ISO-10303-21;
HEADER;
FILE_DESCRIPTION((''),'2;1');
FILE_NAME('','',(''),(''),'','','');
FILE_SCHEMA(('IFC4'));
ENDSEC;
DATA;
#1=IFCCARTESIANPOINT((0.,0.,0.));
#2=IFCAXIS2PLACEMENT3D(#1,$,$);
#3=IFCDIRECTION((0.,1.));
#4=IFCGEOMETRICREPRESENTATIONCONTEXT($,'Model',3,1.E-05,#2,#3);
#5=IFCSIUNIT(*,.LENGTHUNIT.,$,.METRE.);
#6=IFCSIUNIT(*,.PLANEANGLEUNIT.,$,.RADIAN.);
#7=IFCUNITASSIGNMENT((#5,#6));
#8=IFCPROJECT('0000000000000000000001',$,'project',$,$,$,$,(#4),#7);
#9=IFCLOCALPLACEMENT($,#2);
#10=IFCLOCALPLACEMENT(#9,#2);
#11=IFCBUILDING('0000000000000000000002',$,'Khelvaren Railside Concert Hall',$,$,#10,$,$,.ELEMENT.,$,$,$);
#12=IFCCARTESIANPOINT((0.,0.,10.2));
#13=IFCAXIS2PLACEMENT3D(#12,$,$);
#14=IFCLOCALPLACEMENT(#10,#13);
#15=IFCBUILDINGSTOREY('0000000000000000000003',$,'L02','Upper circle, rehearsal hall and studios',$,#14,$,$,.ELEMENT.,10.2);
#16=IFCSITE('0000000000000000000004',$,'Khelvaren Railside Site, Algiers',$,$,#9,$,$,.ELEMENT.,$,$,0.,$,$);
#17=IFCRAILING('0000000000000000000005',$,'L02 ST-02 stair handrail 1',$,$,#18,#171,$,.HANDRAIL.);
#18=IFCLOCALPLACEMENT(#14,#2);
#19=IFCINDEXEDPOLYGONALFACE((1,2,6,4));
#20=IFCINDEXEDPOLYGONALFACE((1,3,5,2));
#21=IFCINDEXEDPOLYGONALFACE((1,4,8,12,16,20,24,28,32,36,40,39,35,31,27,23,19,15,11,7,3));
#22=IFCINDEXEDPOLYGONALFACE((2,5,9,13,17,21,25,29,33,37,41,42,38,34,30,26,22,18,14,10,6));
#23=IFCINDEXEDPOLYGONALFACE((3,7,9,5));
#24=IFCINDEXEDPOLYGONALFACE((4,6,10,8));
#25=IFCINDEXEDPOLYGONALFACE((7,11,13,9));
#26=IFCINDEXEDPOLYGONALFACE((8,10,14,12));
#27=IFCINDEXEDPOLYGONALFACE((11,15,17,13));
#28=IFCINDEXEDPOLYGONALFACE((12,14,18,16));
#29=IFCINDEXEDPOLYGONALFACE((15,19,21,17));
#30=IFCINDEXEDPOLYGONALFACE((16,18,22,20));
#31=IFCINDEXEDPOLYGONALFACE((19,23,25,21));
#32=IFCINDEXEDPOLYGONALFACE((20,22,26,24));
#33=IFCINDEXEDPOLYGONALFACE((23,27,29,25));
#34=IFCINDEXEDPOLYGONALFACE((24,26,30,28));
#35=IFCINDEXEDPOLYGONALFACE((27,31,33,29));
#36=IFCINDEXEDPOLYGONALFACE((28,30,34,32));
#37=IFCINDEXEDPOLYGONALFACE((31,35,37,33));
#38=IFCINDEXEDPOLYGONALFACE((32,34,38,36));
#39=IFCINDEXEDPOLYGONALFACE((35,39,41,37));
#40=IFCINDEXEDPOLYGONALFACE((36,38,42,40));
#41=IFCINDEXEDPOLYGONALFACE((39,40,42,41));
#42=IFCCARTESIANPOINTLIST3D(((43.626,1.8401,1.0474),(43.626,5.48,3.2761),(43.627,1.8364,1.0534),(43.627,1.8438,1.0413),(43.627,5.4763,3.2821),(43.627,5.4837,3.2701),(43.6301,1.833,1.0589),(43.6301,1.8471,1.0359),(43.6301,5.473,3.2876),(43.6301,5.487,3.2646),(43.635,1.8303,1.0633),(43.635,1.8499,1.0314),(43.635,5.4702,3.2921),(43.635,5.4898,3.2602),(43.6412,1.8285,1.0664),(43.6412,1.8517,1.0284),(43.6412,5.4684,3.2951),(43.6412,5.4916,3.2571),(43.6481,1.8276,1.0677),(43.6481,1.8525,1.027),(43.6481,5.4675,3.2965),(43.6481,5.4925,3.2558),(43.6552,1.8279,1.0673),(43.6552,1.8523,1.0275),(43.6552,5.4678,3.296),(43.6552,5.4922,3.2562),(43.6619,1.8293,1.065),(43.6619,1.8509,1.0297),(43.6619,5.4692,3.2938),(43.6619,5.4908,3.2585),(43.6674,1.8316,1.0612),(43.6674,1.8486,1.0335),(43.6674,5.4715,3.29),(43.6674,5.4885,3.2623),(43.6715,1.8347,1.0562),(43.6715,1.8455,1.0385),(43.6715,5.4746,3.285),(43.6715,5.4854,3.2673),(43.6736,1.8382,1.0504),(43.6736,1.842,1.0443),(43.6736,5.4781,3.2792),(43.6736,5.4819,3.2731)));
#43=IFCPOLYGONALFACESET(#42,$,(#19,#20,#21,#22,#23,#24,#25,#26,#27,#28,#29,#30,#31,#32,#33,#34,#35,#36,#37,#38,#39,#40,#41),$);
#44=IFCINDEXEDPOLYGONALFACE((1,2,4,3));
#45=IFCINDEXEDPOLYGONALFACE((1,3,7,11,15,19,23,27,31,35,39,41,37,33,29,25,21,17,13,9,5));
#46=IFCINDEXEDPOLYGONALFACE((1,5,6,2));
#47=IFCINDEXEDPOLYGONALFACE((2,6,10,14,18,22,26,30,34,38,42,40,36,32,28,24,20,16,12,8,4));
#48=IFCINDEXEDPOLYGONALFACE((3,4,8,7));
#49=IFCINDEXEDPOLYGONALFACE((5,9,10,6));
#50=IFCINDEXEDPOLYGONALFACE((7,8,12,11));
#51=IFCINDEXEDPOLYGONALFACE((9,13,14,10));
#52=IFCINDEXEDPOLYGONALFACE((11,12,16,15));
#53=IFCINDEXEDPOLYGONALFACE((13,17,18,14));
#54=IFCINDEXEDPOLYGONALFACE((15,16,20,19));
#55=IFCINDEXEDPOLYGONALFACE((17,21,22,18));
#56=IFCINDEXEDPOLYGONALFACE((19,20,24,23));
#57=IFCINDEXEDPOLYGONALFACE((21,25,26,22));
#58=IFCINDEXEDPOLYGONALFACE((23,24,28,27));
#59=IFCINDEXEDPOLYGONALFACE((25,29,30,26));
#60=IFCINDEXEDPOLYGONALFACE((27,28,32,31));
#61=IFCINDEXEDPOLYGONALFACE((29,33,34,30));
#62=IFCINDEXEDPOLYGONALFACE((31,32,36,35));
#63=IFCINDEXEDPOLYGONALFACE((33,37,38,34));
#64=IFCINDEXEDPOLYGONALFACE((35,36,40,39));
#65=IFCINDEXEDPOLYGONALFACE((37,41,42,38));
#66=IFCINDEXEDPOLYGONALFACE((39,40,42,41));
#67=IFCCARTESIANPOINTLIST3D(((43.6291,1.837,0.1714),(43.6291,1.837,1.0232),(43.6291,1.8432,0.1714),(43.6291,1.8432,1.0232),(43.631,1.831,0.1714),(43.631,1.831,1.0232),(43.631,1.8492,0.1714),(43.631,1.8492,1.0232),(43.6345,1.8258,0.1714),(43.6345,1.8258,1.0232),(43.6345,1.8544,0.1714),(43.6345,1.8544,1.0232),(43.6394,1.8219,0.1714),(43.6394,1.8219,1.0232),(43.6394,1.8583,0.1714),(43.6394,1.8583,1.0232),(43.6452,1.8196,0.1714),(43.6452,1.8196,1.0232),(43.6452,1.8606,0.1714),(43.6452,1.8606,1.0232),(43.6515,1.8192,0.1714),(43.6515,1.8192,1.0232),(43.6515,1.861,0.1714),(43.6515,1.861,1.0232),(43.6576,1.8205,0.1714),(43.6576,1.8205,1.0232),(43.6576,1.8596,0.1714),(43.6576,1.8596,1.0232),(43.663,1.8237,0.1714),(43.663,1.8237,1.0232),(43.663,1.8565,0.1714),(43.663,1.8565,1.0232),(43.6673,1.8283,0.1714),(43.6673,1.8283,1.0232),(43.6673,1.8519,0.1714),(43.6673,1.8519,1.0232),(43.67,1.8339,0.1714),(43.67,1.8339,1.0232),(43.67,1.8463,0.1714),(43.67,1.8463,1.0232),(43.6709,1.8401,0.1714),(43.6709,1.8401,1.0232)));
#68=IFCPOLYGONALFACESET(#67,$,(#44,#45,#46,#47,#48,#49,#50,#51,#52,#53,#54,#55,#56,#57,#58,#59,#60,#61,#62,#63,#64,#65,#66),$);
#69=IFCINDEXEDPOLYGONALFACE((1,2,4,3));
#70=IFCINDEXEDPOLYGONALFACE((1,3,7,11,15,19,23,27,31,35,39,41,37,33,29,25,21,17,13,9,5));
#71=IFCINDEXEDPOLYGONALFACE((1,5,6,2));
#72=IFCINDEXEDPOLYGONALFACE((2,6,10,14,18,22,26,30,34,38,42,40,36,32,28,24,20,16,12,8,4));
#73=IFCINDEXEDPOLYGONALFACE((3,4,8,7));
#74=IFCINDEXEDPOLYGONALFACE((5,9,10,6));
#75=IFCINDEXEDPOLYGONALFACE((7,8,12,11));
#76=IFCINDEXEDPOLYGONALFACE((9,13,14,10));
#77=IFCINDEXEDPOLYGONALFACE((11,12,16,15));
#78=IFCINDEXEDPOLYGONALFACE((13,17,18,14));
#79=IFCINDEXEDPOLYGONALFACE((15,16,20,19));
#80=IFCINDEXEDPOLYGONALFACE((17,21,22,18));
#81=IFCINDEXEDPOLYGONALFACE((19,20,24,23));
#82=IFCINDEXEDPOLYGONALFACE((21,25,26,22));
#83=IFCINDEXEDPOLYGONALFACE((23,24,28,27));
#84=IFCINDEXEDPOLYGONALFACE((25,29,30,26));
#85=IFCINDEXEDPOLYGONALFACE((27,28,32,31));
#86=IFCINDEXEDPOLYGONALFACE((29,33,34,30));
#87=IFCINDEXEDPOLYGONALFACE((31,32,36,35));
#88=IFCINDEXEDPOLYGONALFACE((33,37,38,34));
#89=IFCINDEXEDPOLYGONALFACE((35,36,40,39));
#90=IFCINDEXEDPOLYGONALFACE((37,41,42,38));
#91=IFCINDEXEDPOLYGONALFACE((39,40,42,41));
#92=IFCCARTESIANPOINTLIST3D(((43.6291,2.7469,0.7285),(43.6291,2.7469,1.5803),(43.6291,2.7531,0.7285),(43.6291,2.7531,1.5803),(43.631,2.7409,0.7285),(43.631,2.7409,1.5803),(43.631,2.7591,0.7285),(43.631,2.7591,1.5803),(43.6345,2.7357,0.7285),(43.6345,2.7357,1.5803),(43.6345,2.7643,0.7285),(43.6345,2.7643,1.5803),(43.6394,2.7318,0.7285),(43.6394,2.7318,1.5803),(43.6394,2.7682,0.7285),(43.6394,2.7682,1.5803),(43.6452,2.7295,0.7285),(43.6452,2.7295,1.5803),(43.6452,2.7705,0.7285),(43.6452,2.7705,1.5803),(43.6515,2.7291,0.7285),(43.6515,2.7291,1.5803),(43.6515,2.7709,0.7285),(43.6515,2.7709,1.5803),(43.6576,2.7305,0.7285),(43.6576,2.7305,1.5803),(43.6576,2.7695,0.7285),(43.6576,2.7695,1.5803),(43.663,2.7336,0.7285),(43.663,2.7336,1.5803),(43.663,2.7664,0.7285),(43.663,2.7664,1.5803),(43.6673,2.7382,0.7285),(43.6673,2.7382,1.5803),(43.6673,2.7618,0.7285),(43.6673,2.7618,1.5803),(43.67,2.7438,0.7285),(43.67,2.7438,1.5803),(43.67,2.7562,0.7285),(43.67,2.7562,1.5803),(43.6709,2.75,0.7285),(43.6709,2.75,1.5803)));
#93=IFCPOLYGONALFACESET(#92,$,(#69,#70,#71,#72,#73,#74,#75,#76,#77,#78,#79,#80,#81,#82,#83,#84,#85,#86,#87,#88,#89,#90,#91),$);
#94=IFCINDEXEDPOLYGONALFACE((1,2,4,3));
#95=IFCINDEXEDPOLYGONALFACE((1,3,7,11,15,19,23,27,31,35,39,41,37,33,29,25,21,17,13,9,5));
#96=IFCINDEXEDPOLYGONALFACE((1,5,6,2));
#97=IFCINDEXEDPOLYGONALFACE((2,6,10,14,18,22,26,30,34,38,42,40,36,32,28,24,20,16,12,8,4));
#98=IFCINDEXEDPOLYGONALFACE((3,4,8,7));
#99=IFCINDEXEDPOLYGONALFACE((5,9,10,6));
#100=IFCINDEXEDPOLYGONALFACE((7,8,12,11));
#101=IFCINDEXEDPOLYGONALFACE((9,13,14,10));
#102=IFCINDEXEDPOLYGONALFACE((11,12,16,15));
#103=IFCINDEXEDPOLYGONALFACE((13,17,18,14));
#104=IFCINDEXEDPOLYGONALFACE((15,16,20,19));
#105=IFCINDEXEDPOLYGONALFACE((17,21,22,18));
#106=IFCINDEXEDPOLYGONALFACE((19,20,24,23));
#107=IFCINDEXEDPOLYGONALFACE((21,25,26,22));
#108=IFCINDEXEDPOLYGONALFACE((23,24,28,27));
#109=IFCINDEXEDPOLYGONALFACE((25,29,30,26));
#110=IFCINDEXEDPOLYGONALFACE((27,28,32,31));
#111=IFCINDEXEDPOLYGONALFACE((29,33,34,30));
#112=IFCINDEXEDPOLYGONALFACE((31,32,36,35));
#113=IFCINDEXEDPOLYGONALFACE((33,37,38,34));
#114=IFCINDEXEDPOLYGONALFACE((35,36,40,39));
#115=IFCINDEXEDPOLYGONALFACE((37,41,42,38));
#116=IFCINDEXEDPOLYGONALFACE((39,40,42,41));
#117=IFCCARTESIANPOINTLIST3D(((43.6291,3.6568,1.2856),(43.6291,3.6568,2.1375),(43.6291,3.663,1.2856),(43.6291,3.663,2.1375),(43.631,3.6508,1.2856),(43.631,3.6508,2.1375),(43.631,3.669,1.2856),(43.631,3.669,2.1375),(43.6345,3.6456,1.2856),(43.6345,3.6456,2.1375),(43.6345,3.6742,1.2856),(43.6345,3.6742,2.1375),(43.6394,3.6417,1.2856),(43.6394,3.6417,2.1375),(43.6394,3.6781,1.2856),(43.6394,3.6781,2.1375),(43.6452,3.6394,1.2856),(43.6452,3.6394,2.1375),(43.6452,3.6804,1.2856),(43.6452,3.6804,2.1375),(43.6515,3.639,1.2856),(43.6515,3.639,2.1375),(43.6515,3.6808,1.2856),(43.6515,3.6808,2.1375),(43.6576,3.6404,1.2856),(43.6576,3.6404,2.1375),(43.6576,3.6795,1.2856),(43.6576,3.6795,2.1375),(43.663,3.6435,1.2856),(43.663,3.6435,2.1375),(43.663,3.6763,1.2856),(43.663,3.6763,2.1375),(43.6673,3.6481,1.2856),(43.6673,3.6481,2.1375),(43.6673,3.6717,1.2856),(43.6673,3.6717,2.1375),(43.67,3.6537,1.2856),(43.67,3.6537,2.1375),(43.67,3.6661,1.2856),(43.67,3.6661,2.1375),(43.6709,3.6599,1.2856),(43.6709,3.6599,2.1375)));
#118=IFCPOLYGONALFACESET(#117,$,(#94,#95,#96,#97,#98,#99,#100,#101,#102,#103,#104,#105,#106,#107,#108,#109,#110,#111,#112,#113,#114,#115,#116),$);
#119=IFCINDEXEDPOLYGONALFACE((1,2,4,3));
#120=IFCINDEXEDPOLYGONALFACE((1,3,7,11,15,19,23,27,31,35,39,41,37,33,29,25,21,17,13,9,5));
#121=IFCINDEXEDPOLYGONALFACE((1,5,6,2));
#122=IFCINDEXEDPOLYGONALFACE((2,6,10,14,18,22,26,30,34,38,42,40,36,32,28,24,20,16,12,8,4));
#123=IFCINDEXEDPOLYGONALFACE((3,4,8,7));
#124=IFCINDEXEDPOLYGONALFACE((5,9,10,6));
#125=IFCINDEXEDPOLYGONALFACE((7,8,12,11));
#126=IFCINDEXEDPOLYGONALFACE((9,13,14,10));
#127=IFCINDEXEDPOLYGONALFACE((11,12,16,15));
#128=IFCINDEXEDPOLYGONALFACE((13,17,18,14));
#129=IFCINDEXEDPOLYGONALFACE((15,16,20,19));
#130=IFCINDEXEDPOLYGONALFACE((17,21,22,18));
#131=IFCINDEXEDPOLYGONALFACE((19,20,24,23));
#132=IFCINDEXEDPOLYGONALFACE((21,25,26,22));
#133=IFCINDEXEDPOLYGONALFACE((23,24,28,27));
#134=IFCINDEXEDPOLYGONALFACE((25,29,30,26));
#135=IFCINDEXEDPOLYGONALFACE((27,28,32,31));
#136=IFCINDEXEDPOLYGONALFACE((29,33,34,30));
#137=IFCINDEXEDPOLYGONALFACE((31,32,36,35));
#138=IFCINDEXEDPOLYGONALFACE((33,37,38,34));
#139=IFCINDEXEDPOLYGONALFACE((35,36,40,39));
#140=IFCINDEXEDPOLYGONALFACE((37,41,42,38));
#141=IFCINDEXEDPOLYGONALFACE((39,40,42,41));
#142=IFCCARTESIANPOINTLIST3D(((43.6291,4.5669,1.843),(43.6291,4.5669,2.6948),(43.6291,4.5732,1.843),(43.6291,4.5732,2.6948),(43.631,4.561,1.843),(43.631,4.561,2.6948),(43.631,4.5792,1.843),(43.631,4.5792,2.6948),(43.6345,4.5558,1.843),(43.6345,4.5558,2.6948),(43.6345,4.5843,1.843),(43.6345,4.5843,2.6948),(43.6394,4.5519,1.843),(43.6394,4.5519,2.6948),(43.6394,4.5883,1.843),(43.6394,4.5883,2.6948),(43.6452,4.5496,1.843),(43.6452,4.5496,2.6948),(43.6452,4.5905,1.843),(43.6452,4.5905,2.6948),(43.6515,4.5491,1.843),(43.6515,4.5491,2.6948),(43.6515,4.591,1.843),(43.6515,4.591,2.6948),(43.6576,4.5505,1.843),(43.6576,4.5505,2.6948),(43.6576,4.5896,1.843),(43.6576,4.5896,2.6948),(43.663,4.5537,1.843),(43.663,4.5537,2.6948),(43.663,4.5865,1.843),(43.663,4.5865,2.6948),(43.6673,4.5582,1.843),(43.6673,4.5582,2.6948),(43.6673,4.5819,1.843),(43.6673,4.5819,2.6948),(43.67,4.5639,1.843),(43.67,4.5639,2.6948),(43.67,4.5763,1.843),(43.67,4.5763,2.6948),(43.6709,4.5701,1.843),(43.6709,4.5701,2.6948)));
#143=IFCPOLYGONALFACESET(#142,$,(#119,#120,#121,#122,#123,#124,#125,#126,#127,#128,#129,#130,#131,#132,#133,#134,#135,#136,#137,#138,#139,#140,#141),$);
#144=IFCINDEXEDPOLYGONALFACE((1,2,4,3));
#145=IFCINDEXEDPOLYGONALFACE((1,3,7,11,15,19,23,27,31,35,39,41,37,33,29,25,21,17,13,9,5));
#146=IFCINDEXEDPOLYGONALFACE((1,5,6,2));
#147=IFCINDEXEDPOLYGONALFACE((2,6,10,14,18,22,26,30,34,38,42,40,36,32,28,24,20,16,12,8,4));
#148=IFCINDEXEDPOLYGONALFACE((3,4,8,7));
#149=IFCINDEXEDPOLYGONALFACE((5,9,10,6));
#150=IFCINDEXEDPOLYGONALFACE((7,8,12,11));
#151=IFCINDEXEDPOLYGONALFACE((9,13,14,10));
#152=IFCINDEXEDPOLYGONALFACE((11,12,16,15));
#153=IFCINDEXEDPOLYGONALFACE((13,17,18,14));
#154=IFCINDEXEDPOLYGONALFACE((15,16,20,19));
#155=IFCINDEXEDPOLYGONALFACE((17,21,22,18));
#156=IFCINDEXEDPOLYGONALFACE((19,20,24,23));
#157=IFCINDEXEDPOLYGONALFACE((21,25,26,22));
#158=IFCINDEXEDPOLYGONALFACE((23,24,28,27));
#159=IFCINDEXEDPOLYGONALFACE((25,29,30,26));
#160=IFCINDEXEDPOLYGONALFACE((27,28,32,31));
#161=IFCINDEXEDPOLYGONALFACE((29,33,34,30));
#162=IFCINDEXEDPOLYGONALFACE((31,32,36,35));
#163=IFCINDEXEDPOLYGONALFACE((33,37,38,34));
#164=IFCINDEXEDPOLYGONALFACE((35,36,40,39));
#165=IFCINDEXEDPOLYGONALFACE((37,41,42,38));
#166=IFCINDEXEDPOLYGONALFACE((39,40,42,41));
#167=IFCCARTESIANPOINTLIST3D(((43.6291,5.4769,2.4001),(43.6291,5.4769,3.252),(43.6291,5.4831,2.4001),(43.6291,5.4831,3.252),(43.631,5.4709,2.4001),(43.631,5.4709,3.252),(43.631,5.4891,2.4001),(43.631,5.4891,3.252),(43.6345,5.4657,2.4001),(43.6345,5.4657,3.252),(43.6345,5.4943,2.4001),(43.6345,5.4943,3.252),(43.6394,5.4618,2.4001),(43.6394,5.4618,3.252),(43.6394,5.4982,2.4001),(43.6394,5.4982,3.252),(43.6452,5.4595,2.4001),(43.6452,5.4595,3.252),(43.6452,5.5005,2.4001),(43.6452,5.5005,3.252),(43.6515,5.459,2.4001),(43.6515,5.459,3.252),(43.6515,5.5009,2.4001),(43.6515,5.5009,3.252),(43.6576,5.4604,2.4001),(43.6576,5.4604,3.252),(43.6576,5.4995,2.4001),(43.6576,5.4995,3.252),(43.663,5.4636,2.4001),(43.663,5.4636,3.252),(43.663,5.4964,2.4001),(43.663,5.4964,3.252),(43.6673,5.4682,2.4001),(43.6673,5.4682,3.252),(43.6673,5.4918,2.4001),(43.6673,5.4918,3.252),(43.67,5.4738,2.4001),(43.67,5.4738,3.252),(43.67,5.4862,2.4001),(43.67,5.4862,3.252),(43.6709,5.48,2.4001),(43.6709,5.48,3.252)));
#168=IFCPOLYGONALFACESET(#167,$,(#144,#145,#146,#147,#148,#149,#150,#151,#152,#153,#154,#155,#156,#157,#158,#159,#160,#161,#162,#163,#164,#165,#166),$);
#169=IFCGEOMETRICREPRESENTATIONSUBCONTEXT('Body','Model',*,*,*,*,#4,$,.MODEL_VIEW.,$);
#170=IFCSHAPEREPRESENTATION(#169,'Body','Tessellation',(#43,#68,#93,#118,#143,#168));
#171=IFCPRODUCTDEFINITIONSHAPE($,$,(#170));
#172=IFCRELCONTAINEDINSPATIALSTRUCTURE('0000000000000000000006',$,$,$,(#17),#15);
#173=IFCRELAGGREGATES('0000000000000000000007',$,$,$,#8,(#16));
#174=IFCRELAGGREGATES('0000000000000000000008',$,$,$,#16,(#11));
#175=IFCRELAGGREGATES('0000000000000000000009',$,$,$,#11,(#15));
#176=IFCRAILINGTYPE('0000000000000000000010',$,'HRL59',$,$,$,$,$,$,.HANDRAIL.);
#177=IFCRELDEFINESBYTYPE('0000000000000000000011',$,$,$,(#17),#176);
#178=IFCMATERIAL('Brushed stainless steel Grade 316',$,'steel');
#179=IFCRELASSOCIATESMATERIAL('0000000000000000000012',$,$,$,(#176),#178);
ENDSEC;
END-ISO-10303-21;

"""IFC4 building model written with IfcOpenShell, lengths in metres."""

from ifc_helpers import new_model, si_unit, direction, frame, origin, origin_2d, place, context, subcontext, project, spatial, circle, extrude, material, type_object, element, save


model = new_model("IFC4")

# Units and contexts
model_context = context("Model", 3, precision=1e-05, world=origin(), true_north=direction((0.0, 1.0)))
body_context = subcontext(model_context, "Body", "Model", "MODEL_VIEW")
ifc_project = project(units=[si_unit("LENGTHUNIT", "METRE"), si_unit("PLANEANGLEUNIT", "RADIAN")], contexts=[model_context])

# Site, building, storey
site_placement = place(None, origin())
site = spatial("IfcSite", under=ifc_project, at=site_placement, Name="Khelvaren Railside Site, Algiers", CompositionType="ELEMENT", RefElevation=0.0)
building_placement = place(site_placement, origin())
building = spatial("IfcBuilding", under=site, at=building_placement, Name="Khelvaren Railside Concert Hall", CompositionType="ELEMENT")
storey_placement = place(building_placement, frame((0.0, 0.0, 10.2)))
storey = spatial("IfcBuildingStorey", under=building, at=storey_placement, Name="L02", Description="Upper circle, rehearsal hall and studios", CompositionType="ELEMENT", Elevation=10.2)

# Railing
ifc_material_1 = material(Name="Brushed stainless steel Grade 316", Category="steel")
railing_type_1 = type_object("IfcRailingType", Name="HRL59", PredefinedType="HANDRAIL", material=ifc_material_1)
railing_1_placement = place(storey_placement, frame((43.6499, 1.8401, 0.1714)))
element("IfcRailing", 1, at=railing_1_placement, inside=storey, type_object=railing_type_1, Name="L02 ST-02 stair handrail 1", PredefinedType="HANDRAIL", context=body_context, shape_type="SweptSolid", body=[
    extrude(circle(Radius=0.0239, at=origin_2d()), frame((0.0, 0.0, 0.876), z_axis=(0.0, 0.852825, 0.522197), x_axis=(-1.0, 0.0, 0.0)), (0.0, 0.0, 1.0), 4.2681),
    extrude(circle(Radius=0.021, at=origin_2d()), origin(), (0.0, 0.0, 1.0), 0.8518),
    extrude(circle(Radius=0.021, at=origin_2d()), frame((0.0, 0.9099, 0.5571)), (0.0, 0.0, 1.0), 0.8518),
    extrude(circle(Radius=0.021, at=origin_2d()), frame((0.0, 1.8198, 1.1143)), (0.0, 0.0, 1.0), 0.8518),
    extrude(circle(Radius=0.021, at=origin_2d()), frame((0.0, 2.73, 1.6716)), (0.0, 0.0, 1.0), 0.8518),
    extrude(circle(Radius=0.021, at=origin_2d()), frame((0.0, 3.6399, 2.2288)), (0.0, 0.0, 1.0), 0.8518),
])

save(model, "model.ifc")
